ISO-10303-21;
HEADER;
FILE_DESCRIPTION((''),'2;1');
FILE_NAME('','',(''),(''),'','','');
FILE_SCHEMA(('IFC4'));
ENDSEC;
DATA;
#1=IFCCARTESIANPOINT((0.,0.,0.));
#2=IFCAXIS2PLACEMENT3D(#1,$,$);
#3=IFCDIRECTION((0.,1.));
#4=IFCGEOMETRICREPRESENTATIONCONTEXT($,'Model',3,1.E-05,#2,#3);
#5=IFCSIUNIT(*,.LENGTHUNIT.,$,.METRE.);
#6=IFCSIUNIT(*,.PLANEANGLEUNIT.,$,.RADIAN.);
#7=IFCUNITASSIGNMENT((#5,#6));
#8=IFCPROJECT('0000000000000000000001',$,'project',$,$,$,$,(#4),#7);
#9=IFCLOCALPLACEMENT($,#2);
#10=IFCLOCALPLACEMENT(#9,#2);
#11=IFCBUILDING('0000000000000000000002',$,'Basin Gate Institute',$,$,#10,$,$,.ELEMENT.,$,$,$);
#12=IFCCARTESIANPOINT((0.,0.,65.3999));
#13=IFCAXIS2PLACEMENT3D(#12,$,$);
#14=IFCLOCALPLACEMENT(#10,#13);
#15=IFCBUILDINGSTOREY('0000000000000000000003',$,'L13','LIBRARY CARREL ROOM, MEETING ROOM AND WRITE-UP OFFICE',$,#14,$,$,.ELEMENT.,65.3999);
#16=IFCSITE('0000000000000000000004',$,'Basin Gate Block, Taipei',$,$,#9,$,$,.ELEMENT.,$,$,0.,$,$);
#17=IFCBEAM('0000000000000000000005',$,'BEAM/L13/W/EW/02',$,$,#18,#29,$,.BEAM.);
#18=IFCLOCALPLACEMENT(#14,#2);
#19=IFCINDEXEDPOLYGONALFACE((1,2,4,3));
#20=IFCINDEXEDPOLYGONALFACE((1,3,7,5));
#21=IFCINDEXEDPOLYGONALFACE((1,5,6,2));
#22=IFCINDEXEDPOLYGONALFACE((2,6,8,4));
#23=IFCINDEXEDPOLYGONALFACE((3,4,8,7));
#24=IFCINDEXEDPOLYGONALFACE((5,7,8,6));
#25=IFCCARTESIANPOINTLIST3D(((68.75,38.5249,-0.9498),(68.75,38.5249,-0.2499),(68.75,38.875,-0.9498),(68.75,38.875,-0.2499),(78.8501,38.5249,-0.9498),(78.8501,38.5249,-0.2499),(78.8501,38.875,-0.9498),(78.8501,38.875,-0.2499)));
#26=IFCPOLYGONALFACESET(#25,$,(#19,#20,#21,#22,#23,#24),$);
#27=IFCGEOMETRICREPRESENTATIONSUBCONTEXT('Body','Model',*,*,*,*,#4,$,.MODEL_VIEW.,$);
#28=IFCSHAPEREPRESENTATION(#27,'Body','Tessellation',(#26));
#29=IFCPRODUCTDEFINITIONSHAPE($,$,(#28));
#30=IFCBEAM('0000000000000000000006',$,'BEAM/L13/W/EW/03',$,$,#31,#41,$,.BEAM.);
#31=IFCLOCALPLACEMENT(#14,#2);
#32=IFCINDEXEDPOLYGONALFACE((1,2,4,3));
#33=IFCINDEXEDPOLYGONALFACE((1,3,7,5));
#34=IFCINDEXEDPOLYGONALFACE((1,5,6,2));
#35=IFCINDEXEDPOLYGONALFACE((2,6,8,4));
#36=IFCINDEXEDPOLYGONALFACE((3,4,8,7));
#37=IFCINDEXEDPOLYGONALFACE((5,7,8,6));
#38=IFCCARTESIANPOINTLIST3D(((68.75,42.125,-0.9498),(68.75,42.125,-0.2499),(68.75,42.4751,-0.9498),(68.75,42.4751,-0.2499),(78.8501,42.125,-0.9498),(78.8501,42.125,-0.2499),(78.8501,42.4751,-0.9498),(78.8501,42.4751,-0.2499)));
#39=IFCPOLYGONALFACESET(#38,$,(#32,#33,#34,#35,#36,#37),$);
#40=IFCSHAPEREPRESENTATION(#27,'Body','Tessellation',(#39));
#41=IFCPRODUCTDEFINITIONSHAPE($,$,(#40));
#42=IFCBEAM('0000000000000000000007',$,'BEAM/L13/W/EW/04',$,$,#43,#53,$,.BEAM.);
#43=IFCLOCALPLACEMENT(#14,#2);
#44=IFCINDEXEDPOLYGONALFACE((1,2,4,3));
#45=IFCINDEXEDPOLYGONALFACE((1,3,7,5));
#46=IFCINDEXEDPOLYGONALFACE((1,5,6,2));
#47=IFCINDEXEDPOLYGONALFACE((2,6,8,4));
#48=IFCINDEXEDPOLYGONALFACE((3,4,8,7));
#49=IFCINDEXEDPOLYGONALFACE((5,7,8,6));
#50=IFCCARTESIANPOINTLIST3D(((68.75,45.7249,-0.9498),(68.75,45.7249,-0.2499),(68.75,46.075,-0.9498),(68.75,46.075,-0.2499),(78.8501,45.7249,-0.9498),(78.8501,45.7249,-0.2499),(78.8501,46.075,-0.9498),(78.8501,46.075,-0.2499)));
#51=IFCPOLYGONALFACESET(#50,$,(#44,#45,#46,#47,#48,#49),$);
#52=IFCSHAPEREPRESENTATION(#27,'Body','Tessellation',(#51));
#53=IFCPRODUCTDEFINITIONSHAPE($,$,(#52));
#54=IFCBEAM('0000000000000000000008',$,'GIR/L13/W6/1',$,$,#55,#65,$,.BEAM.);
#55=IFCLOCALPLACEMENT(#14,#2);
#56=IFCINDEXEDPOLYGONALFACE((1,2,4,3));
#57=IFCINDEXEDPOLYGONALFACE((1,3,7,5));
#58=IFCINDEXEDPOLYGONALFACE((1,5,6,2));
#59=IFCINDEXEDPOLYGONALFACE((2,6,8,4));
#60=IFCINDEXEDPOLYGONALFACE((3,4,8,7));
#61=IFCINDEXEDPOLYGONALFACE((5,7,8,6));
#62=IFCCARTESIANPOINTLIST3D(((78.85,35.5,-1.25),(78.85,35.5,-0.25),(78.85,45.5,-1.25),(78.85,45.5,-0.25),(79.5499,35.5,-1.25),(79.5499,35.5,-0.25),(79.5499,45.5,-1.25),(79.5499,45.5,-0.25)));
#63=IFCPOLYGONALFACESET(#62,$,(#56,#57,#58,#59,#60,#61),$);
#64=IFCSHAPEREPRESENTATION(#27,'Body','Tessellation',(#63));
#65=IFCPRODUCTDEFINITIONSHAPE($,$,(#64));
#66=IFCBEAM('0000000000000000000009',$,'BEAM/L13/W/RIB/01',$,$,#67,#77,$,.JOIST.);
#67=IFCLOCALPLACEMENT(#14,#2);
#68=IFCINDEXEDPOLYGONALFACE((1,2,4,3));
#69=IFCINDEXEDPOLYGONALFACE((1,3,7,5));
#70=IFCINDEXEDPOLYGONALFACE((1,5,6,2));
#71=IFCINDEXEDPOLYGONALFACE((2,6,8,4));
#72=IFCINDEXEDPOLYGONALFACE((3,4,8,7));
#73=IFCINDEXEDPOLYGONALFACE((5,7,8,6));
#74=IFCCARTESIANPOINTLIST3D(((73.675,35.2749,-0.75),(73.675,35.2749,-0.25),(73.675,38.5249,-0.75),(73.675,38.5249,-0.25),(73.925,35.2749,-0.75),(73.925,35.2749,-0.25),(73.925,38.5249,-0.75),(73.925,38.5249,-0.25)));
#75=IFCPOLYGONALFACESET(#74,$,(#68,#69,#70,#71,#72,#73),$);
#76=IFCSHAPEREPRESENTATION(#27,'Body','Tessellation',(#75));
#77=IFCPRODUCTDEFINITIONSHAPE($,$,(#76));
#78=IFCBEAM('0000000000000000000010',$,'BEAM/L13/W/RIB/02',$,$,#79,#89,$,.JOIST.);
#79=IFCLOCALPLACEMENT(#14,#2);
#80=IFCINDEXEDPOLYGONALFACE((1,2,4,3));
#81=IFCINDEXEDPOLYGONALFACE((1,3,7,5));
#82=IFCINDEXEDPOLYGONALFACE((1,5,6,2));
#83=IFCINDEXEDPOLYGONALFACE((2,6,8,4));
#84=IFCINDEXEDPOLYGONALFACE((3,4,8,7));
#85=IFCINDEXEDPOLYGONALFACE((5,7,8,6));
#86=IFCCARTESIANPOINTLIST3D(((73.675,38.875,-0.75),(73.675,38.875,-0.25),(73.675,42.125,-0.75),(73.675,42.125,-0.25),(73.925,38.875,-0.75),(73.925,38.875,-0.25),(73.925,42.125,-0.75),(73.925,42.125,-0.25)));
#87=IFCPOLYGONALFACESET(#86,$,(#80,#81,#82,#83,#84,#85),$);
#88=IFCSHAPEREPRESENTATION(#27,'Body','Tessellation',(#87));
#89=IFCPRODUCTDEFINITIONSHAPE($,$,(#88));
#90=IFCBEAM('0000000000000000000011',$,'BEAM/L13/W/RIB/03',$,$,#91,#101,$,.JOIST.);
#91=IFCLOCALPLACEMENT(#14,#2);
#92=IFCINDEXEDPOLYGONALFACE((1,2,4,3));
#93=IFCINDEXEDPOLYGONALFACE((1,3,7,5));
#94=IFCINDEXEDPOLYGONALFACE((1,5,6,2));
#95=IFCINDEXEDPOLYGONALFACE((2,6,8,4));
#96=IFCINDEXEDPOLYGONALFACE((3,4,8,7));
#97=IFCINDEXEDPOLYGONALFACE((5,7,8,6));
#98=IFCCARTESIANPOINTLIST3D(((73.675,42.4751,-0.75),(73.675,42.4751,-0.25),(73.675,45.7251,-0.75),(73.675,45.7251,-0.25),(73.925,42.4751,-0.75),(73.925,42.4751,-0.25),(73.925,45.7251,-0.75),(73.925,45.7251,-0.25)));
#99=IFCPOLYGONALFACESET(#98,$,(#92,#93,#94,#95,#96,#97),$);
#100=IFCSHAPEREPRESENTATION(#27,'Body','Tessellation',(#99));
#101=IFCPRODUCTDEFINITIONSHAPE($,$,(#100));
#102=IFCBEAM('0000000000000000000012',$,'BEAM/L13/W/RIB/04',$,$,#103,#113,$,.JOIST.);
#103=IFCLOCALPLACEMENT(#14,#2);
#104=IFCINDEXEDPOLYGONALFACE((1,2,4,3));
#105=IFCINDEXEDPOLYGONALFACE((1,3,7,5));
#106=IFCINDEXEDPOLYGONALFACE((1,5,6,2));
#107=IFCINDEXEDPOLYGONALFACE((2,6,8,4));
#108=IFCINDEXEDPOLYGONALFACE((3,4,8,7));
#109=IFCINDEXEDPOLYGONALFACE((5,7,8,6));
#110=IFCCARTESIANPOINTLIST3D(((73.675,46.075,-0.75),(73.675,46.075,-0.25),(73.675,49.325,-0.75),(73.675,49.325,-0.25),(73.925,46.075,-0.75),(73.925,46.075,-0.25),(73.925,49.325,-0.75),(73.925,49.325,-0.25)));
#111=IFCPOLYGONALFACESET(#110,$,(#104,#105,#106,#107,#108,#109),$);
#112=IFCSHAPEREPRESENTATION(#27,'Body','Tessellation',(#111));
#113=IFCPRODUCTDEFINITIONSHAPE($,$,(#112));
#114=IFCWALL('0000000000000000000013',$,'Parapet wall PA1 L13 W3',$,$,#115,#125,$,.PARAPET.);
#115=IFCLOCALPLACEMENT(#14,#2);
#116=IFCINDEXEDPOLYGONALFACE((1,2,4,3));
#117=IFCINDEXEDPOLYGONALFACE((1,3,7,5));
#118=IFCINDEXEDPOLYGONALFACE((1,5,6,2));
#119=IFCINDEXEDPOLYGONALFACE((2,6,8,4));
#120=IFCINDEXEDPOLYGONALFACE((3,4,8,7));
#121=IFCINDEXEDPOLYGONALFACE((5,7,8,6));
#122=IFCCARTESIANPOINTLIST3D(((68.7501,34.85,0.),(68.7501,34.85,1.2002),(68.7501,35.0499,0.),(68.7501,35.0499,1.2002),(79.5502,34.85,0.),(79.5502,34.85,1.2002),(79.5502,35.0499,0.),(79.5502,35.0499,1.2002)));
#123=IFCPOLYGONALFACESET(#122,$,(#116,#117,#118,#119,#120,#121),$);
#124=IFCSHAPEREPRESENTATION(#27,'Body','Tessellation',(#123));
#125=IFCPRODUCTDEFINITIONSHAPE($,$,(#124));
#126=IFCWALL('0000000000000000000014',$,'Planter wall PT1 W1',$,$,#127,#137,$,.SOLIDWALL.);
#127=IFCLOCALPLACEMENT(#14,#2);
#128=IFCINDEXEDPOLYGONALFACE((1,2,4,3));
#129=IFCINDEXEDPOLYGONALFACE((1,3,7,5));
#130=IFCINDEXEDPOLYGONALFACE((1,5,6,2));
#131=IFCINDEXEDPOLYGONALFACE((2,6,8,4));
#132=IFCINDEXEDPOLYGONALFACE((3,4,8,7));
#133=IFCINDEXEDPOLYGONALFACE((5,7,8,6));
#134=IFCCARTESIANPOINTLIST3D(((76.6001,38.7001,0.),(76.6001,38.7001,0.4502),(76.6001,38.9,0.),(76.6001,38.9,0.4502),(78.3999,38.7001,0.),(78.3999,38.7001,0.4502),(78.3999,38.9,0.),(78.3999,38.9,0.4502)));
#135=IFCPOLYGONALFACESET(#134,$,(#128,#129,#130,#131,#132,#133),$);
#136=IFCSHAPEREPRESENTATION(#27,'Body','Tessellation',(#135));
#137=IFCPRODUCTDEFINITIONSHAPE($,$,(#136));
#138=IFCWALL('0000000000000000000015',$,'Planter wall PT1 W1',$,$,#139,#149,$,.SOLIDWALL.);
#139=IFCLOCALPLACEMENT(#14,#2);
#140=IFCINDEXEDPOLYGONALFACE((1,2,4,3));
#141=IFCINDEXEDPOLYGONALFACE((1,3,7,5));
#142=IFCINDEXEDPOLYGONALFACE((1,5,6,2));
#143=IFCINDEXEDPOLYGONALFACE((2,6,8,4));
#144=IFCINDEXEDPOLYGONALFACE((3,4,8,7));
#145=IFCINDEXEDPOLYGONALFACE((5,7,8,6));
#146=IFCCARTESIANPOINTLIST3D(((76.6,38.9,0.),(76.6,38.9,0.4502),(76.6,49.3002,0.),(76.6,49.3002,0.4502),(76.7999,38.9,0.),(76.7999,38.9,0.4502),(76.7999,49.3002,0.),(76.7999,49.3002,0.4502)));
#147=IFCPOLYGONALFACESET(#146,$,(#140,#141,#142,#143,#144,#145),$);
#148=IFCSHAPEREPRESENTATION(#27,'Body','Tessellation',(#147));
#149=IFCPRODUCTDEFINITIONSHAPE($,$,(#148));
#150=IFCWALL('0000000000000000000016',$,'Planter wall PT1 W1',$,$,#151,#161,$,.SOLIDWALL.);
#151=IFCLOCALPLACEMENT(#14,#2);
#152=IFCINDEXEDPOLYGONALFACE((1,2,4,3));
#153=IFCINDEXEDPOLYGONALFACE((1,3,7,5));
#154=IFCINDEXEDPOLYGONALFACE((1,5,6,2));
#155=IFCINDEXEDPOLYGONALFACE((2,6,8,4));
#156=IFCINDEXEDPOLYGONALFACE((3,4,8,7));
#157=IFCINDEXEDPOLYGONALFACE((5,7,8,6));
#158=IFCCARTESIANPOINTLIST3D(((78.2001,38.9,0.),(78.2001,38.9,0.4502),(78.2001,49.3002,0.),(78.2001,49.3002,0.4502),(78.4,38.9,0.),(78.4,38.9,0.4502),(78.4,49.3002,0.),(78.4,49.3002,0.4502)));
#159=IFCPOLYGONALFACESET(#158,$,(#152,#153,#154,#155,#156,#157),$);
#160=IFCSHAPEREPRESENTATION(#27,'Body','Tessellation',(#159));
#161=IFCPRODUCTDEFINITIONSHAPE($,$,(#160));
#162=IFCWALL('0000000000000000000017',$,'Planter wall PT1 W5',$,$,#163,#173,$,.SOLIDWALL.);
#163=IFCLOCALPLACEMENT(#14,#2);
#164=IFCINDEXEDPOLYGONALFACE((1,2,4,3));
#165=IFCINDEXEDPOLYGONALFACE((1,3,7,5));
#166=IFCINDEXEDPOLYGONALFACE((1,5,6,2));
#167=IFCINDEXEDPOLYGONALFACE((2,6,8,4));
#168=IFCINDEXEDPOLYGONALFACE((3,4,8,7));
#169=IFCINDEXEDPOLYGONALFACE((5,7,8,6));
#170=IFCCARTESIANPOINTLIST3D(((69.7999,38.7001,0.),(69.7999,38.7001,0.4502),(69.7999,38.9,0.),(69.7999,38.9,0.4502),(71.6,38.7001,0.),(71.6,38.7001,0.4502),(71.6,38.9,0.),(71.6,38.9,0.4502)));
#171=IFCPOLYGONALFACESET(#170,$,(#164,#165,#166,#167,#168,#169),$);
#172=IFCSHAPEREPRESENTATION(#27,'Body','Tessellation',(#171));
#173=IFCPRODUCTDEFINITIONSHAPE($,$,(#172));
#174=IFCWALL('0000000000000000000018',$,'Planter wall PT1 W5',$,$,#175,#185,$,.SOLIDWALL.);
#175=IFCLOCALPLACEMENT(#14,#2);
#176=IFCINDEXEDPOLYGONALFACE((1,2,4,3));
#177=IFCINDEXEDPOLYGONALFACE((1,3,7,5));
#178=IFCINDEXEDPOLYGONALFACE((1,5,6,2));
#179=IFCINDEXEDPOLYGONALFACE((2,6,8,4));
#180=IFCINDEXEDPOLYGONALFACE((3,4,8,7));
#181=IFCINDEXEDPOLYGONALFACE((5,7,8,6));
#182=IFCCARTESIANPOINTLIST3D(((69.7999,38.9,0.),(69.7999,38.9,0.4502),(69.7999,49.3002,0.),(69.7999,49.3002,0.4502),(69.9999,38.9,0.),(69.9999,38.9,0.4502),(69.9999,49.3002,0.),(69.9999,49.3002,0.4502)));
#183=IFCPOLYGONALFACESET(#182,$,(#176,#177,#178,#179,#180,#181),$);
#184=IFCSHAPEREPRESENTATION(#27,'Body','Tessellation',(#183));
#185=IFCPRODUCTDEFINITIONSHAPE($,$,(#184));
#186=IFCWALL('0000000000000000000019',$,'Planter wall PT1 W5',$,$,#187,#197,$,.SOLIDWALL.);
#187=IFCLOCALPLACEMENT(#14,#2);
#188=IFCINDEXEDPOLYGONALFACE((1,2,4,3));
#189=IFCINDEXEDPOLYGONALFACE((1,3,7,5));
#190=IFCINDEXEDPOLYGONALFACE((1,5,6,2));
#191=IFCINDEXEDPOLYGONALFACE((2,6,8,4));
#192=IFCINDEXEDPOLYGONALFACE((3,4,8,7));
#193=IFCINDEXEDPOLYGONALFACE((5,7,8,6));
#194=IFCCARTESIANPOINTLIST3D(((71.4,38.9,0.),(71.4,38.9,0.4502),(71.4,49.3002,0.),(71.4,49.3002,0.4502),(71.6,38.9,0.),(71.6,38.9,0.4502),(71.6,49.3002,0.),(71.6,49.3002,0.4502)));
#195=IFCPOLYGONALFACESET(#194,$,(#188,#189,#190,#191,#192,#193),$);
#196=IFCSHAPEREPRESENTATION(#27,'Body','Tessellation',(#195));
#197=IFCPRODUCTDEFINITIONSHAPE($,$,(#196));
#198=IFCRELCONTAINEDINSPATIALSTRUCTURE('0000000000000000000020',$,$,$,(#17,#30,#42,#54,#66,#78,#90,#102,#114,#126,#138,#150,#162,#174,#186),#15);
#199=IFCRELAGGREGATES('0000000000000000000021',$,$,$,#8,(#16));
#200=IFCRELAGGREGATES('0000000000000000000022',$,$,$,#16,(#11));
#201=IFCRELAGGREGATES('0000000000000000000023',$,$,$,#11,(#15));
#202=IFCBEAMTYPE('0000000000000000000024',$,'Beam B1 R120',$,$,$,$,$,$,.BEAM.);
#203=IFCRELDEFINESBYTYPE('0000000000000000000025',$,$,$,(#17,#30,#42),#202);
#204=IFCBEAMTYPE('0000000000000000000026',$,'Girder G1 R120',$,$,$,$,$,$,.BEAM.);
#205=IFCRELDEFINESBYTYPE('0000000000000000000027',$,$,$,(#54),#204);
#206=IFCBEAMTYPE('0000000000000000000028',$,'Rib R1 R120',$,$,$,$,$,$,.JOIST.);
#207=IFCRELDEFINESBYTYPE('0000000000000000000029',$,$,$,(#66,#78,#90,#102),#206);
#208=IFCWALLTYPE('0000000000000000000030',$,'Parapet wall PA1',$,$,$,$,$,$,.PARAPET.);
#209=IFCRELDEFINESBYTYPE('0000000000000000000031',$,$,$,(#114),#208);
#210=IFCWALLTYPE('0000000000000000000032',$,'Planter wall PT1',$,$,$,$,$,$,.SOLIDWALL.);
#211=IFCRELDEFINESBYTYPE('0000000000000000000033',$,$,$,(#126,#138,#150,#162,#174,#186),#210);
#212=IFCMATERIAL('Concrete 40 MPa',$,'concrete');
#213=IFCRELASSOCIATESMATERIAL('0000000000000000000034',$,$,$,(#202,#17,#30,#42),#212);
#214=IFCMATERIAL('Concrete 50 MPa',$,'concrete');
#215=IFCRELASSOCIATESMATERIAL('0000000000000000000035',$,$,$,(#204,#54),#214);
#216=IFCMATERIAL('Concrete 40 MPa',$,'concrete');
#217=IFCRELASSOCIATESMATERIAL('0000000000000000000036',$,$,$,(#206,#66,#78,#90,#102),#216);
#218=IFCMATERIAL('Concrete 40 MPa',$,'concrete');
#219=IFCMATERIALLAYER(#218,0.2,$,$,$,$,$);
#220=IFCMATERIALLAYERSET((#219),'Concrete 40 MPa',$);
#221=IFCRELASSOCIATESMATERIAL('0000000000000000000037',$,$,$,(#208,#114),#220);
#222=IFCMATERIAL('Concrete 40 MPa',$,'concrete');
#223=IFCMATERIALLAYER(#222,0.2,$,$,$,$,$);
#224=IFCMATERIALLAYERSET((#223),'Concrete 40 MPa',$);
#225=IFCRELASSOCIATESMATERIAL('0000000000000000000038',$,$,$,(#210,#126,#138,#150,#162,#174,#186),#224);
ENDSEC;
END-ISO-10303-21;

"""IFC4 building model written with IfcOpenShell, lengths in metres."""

from ifc_helpers import new_model, si_unit, direction, frame, frame_2d, origin, origin_2d, place, context, subcontext, project, spatial, rectangle, extrude, material, layer, layer_set, material_profile, profile_set, type_object, element, save


model = new_model("IFC4")

# Units and contexts
model_context = context("Model", 3, precision=1e-05, world=origin(), true_north=direction((0.0, 1.0)))
body_context = subcontext(model_context, "Body", "Model", "MODEL_VIEW")
ifc_project = project(units=[si_unit("LENGTHUNIT", "METRE"), si_unit("PLANEANGLEUNIT", "RADIAN")], contexts=[model_context])

# Site, building, storey
site_placement = place(None, origin())
site = spatial("IfcSite", under=ifc_project, at=site_placement, Name="Basin Gate Block, Taipei", CompositionType="ELEMENT", RefElevation=0.0)
building_placement = place(site_placement, origin())
building = spatial("IfcBuilding", under=site, at=building_placement, Name="Basin Gate Institute", CompositionType="ELEMENT")
storey_placement = place(building_placement, frame((0.0, 0.0, 65.3999)))
storey = spatial("IfcBuildingStorey", under=building, at=storey_placement, Name="L13", Description="LIBRARY CARREL ROOM, MEETING ROOM AND WRITE-UP OFFICE", CompositionType="ELEMENT", Elevation=65.3999)

# Beams
ifc_material_1 = material(Name="Concrete 40 MPa", Category="concrete")
ifc_material_profile_1 = material_profile(ifc_material_1, rectangle(XDim=0.3501, YDim=0.7, at=origin_2d()), Name="Beam B1 350 x 700")
ifc_profile_set_1 = profile_set([ifc_material_profile_1], Name="Concrete 40 MPa")
beam_type_1 = type_object("IfcBeamType", Name="Beam B1 R120", PredefinedType="BEAM", material=ifc_profile_set_1)
for number, where, z_axis, x_axis, name in (
    (1, (68.75, 38.7, -0.5999), (1.0, 0.0, 0.0), (0.0, 1.0, 0.0), "BEAM/L13/W/EW/02"),
    (2, (68.75, 42.3, -0.5999), (1.0, 0.0, 0.0), (0.0, 1.0, 0.0), "BEAM/L13/W/EW/03"),
    (3, (68.75, 45.8999, -0.5999), (1.0, 0.0, 0.0), (0.0, 1.0, 0.0), "BEAM/L13/W/EW/04"),
):
    element("IfcBeam", number, at=place(storey_placement, frame(where, z_axis=z_axis, x_axis=x_axis)), inside=storey, type_object=beam_type_1, material=ifc_profile_set_1, Name=name, PredefinedType="BEAM", context=body_context, shape_type="SweptSolid", body=[
        extrude(rectangle(XDim=0.3501, YDim=0.7, at=origin_2d()), origin(), (0.0, 0.0, 1.0), 10.1001),
    ])
ifc_material_2 = material(Name="Concrete 50 MPa", Category="concrete")
ifc_material_profile_2 = material_profile(ifc_material_2, rectangle(XDim=0.7, YDim=1.0, at=origin_2d()), Name="Girder G1 700 x 1000")
ifc_profile_set_2 = profile_set([ifc_material_profile_2], Name="Concrete 50 MPa")
beam_type_2 = type_object("IfcBeamType", Name="Girder G1 R120", PredefinedType="BEAM", material=ifc_profile_set_2)
beam_placement = place(storey_placement, frame((79.2, 35.5, -0.75), z_axis=(0.0, 1.0, 0.0), x_axis=(-1.0, 0.0, 0.0)))
element("IfcBeam", 4, at=beam_placement, inside=storey, type_object=beam_type_2, material=ifc_profile_set_2, Name="GIR/L13/W6/1", PredefinedType="BEAM", context=body_context, shape_type="SweptSolid", body=[
    extrude(rectangle(XDim=0.7, YDim=1.0, at=origin_2d()), origin(), (0.0, 0.0, 1.0), 10.0),
])
ifc_material_3 = material(Name="Concrete 40 MPa", Category="concrete")
ifc_material_profile_3 = material_profile(ifc_material_3, rectangle(XDim=0.25, YDim=0.5, at=origin_2d()), Name="Rib R1 250 x 500")
ifc_profile_set_3 = profile_set([ifc_material_profile_3], Name="Concrete 40 MPa")
beam_type_3 = type_object("IfcBeamType", Name="Rib R1 R120", PredefinedType="JOIST", material=ifc_profile_set_3)
for number, where, z_axis, x_axis, name in (
    (5, (73.8, 35.2749, -0.5), (0.0, 1.0, 0.0), (-1.0, 0.0, 0.0), "BEAM/L13/W/RIB/01"),
    (6, (73.8, 38.875, -0.5), (0.0, 1.0, 0.0), (-1.0, 0.0, 0.0), "BEAM/L13/W/RIB/02"),
    (7, (73.8, 42.4751, -0.5), (0.0, 1.0, 0.0), (-1.0, 0.0, 0.0), "BEAM/L13/W/RIB/03"),
    (8, (73.8, 46.075, -0.5), (0.0, 1.0, 0.0), (-1.0, 0.0, 0.0), "BEAM/L13/W/RIB/04"),
):
    element("IfcBeam", number, at=place(storey_placement, frame(where, z_axis=z_axis, x_axis=x_axis)), inside=storey, type_object=beam_type_3, material=ifc_profile_set_3, Name=name, PredefinedType="JOIST", context=body_context, shape_type="SweptSolid", body=[
        extrude(rectangle(XDim=0.25, YDim=0.5, at=origin_2d()), origin(), (0.0, 0.0, 1.0), 3.25),
    ])

# Walls
ifc_material_4 = material(Name="Concrete 40 MPa", Category="concrete")
ifc_layer_1 = layer(ifc_material_4, 0.2)
ifc_layer_set_1 = layer_set([ifc_layer_1], Name="Concrete 40 MPa")
wall_type_1 = type_object("IfcWallType", Name="Parapet wall PA1", PredefinedType="PARAPET", material=ifc_layer_set_1)
wall_1_placement = place(storey_placement, frame((79.55, 34.95, 0.0), z_axis=(0.0, 0.0, 1.0), x_axis=(-1.0, 0.0, 0.0)))
element("IfcWall", 9, at=wall_1_placement, inside=storey, type_object=wall_type_1, material=ifc_layer_set_1, Name="Parapet wall PA1 L13 W3", PredefinedType="PARAPET", context=body_context, shape_type="SweptSolid", body=[
    extrude(rectangle(XDim=10.8, YDim=0.2, at=frame_2d((5.3999, 0.0))), origin(), (0.0, 0.0, 1.0), 1.2002),
])
ifc_material_5 = material(Name="Concrete 40 MPa", Category="concrete")
ifc_layer_2 = layer(ifc_material_5, 0.2)
ifc_layer_set_2 = layer_set([ifc_layer_2], Name="Concrete 40 MPa")
wall_type_2 = type_object("IfcWallType", Name="Planter wall PT1", PredefinedType="SOLIDWALL", material=ifc_layer_set_2)
wall_2_placement = place(storey_placement, frame((76.6001, 38.8, 0.0), z_axis=(0.0, 0.0, 1.0), x_axis=(1.0, 0.0, 0.0)))
element("IfcWall", 10, at=wall_2_placement, inside=storey, type_object=wall_type_2, material=ifc_layer_set_2, Name="Planter wall PT1 W1", PredefinedType="SOLIDWALL", context=body_context, shape_type="SweptSolid", body=[
    extrude(rectangle(XDim=1.7998, YDim=0.2, at=frame_2d((0.8999, 0.0))), origin(), (0.0, 0.0, 1.0), 0.4502),
])
for number, where, z_axis, x_axis, name in (
    (11, (76.7, 38.8999, 0.0), (0.0, 0.0, 1.0), (0.0, 1.0, 0.0), "Planter wall PT1 W1"),
    (12, (78.3, 38.8999, 0.0), (0.0, 0.0, 1.0), (0.0, 1.0, 0.0), "Planter wall PT1 W1"),
):
    element("IfcWall", number, at=place(storey_placement, frame(where, z_axis=z_axis, x_axis=x_axis)), inside=storey, type_object=wall_type_2, material=ifc_layer_set_2, Name=name, PredefinedType="SOLIDWALL", context=body_context, shape_type="SweptSolid", body=[
        extrude(rectangle(XDim=10.4001, YDim=0.2, at=frame_2d((5.2002, 0.0))), origin(), (0.0, 0.0, 1.0), 0.4502),
    ])
wall_3_placement = place(storey_placement, frame((69.8, 38.8, 0.0), z_axis=(0.0, 0.0, 1.0), x_axis=(1.0, 0.0, 0.0)))
element("IfcWall", 13, at=wall_3_placement, inside=storey, type_object=wall_type_2, material=ifc_layer_set_2, Name="Planter wall PT1 W5", PredefinedType="SOLIDWALL", context=body_context, shape_type="SweptSolid", body=[
    extrude(rectangle(XDim=1.8, YDim=0.2, at=frame_2d((0.8999, 0.0))), origin(), (0.0, 0.0, 1.0), 0.4502),
])
for number, where, z_axis, x_axis, name in (
    (14, (69.8999, 38.8999, 0.0), (0.0, 0.0, 1.0), (0.0, 1.0, 0.0), "Planter wall PT1 W5"),
    (15, (71.5, 38.8999, 0.0), (0.0, 0.0, 1.0), (0.0, 1.0, 0.0), "Planter wall PT1 W5"),
):
    element("IfcWall", number, at=place(storey_placement, frame(where, z_axis=z_axis, x_axis=x_axis)), inside=storey, type_object=wall_type_2, material=ifc_layer_set_2, Name=name, PredefinedType="SOLIDWALL", context=body_context, shape_type="SweptSolid", body=[
        extrude(rectangle(XDim=10.4001, YDim=0.2, at=frame_2d((5.2002, 0.0))), origin(), (0.0, 0.0, 1.0), 0.4502),
    ])

save(model, "model.ifc")
